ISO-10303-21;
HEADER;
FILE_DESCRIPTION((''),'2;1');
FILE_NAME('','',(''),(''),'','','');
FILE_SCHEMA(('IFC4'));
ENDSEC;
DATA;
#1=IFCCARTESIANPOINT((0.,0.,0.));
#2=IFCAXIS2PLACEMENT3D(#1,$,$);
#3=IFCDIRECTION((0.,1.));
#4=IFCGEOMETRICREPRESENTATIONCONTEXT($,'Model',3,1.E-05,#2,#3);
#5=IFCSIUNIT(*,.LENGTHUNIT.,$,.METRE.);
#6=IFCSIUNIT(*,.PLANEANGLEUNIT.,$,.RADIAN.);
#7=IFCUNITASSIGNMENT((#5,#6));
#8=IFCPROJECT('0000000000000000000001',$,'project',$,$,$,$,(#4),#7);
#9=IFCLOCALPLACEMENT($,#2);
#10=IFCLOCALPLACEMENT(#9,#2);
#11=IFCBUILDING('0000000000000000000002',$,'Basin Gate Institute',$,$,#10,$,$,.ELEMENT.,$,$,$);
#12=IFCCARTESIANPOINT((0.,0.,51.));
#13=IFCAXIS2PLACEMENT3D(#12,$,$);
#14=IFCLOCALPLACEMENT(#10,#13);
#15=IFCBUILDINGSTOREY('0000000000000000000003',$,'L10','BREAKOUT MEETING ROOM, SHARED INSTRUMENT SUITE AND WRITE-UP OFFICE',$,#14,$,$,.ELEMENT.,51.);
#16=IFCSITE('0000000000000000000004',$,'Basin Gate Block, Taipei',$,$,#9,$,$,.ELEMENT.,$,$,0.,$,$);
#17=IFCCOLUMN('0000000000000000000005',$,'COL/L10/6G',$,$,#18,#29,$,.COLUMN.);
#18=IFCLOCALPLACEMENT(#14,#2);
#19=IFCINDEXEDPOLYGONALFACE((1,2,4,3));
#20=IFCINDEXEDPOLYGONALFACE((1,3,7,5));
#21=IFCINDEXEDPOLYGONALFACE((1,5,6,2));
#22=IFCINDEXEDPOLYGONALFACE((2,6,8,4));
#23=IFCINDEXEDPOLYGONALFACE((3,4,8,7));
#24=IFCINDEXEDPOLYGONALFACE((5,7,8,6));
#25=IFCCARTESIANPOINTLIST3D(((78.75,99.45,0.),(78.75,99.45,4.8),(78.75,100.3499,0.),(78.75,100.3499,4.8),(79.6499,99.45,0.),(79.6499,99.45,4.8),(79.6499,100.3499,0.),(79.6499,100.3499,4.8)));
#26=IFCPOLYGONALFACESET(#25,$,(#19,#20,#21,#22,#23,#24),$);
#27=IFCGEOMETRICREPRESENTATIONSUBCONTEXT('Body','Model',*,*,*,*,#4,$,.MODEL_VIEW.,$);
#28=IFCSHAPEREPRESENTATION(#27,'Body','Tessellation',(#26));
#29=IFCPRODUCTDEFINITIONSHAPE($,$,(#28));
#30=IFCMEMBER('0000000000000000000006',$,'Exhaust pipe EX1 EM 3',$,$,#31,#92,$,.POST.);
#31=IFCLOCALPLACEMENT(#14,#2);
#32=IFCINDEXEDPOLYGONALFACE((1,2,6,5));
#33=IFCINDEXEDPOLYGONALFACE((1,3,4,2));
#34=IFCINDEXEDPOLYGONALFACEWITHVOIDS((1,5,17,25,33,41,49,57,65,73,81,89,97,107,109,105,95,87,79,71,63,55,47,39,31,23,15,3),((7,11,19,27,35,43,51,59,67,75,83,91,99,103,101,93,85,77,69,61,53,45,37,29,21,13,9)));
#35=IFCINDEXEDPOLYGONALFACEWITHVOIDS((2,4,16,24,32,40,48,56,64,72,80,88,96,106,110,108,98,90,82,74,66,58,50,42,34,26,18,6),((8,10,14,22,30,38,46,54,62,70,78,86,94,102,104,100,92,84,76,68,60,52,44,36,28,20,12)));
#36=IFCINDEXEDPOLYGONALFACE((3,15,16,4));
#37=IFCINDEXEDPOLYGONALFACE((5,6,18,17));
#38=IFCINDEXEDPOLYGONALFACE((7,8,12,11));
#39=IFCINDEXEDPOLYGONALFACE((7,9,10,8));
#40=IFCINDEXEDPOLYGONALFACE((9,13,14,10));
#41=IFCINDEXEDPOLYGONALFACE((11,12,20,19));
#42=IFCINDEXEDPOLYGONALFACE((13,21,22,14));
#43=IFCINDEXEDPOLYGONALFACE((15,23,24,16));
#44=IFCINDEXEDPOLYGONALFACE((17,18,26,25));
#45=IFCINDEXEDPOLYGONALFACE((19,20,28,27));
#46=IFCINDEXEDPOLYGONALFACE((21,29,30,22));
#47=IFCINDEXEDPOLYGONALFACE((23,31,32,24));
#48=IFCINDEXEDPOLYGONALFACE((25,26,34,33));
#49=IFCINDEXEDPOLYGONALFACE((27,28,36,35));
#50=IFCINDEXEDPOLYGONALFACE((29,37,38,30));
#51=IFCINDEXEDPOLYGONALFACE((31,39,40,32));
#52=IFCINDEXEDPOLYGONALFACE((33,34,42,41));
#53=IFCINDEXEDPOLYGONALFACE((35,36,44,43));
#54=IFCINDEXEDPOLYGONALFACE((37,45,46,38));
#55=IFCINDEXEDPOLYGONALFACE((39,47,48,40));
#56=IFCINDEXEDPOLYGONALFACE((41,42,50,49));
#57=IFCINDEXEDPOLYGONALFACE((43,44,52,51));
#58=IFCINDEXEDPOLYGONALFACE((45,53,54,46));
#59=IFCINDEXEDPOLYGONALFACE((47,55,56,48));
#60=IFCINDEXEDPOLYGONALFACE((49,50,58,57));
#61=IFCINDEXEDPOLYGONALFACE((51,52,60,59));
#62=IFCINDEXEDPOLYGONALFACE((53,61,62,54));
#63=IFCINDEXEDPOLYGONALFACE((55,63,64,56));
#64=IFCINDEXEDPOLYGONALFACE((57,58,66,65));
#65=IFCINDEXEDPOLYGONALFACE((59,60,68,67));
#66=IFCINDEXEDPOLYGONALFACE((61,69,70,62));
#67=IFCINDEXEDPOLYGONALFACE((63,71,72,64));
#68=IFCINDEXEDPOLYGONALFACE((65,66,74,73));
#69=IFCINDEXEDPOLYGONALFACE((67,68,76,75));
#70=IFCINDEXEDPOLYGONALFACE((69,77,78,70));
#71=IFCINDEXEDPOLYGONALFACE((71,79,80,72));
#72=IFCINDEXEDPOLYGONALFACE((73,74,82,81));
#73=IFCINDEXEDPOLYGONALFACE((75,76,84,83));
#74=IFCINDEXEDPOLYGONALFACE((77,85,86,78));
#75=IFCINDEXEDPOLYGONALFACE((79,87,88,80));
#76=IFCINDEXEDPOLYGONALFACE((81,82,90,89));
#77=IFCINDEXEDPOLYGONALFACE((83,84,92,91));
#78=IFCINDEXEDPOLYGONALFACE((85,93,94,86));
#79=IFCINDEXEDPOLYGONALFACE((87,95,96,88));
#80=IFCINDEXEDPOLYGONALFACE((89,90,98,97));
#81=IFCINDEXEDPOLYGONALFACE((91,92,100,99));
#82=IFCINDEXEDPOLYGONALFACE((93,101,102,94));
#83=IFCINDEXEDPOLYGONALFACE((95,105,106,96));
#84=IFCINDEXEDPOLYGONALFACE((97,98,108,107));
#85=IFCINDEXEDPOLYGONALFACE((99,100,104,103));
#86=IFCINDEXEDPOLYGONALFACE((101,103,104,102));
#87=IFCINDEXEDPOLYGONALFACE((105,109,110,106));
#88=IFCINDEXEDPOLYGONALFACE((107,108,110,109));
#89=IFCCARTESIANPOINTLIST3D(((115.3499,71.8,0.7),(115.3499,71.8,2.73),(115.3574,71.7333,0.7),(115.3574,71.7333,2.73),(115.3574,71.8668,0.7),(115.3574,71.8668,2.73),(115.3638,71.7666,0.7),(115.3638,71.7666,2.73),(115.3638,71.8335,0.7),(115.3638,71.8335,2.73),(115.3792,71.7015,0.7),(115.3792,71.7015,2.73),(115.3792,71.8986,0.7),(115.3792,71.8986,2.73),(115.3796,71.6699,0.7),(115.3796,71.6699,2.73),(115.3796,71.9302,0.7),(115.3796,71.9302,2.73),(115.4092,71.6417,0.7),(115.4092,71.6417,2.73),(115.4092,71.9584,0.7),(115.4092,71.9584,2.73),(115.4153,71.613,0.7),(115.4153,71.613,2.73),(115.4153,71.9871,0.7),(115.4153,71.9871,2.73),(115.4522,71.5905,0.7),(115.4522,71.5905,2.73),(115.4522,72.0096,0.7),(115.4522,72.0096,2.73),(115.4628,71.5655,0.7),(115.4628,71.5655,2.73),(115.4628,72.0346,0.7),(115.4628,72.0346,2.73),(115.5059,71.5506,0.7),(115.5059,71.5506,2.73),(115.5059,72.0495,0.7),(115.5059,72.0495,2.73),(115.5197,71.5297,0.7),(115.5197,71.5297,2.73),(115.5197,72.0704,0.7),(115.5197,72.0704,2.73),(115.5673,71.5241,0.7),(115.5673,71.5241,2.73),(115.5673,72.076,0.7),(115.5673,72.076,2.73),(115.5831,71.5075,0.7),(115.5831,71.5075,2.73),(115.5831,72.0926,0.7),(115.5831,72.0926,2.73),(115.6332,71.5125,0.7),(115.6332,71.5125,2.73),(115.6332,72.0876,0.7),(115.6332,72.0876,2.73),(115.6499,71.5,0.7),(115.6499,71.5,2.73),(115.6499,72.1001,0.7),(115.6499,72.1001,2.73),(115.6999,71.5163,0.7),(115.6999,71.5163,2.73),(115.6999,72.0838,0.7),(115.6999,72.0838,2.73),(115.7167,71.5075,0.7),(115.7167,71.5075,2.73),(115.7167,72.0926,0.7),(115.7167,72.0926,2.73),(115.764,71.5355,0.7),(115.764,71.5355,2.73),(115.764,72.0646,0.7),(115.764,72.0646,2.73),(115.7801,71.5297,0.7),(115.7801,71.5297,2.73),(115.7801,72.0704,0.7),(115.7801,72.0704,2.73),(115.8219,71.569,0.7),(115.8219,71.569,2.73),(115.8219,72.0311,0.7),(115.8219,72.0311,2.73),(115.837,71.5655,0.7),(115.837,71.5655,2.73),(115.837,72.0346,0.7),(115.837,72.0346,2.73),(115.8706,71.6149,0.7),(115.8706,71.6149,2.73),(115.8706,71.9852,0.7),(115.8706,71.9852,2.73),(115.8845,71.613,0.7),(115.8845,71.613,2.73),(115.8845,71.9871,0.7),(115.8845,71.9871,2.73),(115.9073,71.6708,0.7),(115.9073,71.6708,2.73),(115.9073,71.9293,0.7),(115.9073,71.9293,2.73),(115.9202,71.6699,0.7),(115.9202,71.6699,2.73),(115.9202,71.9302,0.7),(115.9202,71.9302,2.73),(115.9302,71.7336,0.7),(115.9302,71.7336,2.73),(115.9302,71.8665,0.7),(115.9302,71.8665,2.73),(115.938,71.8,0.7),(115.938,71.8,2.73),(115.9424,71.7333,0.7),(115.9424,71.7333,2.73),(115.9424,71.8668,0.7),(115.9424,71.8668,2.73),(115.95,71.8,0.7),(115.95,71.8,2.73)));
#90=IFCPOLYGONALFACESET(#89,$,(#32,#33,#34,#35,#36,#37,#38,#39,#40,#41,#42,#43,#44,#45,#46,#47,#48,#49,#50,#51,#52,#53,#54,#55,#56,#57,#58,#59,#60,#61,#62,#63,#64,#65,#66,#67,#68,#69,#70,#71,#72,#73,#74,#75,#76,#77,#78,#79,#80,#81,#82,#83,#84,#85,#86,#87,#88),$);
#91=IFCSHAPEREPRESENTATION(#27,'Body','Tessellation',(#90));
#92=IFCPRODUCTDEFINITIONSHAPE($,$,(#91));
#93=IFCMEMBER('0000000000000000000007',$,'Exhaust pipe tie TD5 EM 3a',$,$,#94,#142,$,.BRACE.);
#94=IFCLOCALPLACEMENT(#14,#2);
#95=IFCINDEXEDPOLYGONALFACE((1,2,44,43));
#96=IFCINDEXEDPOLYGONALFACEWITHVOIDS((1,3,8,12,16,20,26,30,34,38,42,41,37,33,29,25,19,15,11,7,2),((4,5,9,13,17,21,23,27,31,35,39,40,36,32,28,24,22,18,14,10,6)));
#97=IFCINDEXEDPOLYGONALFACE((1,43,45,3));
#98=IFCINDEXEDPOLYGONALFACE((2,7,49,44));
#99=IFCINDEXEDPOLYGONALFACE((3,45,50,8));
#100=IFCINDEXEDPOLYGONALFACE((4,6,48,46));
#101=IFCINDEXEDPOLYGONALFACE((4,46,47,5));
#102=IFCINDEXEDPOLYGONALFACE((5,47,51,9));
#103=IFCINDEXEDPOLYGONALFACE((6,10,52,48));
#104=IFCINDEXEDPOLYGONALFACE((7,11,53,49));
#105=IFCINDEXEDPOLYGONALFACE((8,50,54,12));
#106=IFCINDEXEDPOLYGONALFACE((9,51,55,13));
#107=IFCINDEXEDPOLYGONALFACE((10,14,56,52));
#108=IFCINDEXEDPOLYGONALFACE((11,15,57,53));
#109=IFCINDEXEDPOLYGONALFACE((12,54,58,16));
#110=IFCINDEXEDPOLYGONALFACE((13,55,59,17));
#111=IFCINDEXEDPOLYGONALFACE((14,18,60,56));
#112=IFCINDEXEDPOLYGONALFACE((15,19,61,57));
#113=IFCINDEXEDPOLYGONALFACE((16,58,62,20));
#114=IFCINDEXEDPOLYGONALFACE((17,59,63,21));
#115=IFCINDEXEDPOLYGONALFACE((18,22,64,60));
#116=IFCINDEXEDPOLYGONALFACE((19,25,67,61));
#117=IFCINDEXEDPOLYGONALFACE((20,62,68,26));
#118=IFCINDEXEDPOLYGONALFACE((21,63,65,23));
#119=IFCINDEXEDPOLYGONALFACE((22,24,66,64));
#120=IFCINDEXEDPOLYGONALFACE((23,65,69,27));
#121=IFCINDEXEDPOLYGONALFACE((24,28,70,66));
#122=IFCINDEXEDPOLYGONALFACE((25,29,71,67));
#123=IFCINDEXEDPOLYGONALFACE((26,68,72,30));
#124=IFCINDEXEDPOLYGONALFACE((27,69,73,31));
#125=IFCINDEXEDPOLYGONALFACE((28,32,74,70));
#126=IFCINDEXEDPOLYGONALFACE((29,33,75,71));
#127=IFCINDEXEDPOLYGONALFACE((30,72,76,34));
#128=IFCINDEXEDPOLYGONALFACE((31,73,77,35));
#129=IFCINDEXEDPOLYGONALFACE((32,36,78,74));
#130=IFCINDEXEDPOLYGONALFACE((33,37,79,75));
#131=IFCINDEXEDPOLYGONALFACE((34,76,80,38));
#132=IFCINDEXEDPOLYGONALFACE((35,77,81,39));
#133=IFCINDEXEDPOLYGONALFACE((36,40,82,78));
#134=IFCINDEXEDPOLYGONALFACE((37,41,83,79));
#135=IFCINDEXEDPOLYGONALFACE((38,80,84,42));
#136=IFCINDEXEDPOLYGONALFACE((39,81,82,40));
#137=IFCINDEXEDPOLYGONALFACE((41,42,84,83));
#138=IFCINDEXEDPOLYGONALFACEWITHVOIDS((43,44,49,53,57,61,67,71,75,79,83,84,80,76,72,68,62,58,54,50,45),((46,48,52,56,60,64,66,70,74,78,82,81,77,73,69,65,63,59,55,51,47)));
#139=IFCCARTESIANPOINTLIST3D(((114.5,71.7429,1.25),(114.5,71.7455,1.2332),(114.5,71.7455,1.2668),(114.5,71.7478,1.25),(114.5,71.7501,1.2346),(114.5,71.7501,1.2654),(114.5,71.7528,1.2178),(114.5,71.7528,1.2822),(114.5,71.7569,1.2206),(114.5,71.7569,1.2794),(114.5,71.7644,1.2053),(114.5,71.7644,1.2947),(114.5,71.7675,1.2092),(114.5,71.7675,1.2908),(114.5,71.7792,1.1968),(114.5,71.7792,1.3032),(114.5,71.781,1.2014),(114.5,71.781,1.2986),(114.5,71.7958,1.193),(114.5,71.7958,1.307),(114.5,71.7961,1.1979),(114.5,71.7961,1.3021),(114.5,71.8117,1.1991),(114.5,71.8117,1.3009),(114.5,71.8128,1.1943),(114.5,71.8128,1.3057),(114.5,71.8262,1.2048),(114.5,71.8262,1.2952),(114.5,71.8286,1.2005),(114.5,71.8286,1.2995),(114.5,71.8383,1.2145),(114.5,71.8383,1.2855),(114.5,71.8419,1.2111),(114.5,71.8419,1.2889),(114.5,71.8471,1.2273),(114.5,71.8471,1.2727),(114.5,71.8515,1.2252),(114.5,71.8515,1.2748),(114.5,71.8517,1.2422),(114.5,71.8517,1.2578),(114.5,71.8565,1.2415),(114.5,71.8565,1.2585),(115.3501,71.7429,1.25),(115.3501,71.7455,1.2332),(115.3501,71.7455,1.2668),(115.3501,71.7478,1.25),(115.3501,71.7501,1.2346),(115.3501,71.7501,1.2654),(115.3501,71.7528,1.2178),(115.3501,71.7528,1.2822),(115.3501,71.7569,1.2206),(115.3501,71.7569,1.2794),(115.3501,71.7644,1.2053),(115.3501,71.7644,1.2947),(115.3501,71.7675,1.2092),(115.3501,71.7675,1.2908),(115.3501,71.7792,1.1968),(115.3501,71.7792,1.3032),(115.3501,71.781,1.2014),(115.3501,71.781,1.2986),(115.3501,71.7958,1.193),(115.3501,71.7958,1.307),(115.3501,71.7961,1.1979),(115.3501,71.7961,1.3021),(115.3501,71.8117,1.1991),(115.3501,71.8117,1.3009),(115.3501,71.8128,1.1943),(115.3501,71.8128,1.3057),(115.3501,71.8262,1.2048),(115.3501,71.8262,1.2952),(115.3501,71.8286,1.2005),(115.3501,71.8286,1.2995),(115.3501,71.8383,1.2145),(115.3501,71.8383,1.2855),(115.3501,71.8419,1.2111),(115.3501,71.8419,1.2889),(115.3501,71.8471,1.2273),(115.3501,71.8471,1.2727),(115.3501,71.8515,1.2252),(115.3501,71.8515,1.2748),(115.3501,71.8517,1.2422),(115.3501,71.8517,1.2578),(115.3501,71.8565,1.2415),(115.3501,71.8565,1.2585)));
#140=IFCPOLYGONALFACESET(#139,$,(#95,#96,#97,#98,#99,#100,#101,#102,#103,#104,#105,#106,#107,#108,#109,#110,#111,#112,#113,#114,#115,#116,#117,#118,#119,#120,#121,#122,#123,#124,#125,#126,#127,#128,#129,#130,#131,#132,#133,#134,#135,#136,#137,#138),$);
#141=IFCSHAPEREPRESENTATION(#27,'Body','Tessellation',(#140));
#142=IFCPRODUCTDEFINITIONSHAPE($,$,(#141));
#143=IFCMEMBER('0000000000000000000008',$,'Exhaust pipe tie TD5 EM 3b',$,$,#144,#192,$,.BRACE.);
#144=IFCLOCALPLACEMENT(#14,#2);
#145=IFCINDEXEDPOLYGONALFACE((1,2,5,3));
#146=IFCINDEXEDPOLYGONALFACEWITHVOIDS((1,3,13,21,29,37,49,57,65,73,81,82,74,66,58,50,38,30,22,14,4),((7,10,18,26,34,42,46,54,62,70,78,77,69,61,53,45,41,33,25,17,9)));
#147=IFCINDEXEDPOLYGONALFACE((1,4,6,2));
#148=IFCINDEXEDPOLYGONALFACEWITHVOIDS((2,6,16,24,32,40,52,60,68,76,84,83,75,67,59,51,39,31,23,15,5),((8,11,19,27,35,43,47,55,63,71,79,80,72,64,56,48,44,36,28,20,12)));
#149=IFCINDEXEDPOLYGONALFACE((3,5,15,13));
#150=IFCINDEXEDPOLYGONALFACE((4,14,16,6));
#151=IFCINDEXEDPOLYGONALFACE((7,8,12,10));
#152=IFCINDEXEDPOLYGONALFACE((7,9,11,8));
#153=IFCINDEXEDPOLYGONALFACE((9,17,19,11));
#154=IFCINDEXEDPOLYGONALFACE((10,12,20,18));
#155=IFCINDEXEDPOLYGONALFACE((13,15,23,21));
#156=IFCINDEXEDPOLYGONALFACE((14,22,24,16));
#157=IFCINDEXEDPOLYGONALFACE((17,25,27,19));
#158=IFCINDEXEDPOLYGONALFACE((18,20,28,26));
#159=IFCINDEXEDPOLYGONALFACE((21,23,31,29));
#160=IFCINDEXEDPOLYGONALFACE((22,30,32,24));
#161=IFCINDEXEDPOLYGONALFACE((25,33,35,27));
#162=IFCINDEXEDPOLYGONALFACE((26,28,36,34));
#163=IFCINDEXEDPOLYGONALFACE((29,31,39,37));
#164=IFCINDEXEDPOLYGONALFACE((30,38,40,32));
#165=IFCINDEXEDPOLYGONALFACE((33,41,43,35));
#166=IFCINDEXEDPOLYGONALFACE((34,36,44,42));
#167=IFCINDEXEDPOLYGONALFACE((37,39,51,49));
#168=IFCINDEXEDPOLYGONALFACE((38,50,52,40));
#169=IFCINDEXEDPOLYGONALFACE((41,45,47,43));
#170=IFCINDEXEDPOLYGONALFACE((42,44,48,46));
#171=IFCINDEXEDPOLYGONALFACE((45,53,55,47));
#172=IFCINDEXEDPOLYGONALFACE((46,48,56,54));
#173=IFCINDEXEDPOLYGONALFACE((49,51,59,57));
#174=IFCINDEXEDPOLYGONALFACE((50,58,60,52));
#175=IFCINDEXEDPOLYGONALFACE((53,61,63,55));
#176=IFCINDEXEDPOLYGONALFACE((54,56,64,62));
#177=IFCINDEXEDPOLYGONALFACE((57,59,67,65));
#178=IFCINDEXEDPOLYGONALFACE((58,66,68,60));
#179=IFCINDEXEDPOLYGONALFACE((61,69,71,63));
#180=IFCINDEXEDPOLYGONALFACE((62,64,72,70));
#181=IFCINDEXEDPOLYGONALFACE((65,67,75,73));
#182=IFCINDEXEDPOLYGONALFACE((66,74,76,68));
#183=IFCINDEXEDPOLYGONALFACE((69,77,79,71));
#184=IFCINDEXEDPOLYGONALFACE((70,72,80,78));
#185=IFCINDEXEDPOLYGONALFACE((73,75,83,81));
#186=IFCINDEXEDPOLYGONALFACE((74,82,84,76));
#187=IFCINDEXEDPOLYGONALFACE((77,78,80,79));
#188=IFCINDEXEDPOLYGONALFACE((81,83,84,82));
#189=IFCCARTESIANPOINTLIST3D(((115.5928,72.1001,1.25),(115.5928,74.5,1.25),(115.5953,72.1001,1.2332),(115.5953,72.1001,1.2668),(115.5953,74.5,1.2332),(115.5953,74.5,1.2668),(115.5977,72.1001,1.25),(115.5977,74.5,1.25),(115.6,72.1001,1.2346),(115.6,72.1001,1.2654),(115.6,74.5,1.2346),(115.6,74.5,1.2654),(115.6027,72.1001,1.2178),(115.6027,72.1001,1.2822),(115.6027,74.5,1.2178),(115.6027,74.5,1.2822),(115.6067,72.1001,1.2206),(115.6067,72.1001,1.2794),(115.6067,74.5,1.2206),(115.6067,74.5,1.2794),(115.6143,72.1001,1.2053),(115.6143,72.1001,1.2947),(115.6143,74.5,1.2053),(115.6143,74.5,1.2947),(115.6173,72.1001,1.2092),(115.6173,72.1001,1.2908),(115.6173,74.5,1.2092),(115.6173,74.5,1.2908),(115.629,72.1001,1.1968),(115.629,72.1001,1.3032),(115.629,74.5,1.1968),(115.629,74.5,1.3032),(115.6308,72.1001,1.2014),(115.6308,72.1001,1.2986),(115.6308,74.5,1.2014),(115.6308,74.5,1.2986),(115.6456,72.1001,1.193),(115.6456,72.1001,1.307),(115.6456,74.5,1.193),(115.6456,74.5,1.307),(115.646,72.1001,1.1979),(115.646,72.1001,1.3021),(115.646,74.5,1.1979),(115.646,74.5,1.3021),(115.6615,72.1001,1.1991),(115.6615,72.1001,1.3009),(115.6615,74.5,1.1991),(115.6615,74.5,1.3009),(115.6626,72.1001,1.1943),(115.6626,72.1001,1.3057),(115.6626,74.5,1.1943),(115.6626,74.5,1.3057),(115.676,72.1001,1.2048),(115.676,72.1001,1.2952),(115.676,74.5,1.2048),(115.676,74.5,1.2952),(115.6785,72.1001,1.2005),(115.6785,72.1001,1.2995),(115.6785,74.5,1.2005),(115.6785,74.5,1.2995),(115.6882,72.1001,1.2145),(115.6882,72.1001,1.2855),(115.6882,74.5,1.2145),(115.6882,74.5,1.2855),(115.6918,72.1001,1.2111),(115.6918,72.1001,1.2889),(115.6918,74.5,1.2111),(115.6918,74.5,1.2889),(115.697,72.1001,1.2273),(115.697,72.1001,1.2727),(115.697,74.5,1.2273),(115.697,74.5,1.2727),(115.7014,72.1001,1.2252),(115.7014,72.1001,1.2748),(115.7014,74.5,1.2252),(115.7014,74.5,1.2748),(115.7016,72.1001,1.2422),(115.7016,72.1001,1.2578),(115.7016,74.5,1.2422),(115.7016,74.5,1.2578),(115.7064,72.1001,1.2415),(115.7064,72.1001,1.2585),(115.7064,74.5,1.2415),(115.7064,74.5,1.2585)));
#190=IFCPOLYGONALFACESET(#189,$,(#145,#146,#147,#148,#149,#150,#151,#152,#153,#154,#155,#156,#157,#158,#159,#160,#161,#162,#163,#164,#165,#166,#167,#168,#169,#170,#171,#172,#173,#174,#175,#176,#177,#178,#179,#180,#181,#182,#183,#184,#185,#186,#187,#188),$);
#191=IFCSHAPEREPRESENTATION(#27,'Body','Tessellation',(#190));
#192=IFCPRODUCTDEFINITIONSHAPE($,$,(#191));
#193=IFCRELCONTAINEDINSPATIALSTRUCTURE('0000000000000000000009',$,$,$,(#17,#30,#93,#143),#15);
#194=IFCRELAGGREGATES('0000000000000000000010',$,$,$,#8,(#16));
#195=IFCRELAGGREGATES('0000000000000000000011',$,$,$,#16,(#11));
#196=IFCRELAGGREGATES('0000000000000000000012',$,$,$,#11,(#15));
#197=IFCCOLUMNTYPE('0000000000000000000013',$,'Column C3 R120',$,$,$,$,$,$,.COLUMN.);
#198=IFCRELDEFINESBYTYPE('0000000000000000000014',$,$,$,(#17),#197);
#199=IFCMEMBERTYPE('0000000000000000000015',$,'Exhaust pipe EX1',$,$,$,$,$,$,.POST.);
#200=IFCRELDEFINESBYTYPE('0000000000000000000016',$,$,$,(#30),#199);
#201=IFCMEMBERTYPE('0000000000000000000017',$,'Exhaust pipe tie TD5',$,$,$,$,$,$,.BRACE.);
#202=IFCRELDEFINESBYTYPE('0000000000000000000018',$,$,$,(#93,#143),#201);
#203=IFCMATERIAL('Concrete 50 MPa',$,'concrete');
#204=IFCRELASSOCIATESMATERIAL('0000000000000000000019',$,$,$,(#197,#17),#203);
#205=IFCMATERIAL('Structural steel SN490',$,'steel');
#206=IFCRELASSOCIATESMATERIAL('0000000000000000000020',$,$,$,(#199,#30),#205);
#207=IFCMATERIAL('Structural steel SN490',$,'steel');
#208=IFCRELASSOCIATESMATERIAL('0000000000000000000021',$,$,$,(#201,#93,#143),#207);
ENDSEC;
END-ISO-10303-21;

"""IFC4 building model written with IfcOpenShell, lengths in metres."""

from ifc_helpers import new_model, si_unit, direction, frame, origin, origin_2d, place, context, subcontext, project, spatial, rectangle, hollow_circle, extrude, material, material_profile, profile_set, type_object, element, save


model = new_model("IFC4")

# Units and contexts
model_context = context("Model", 3, precision=1e-05, world=origin(), true_north=direction((0.0, 1.0)))
body_context = subcontext(model_context, "Body", "Model", "MODEL_VIEW")
ifc_project = project(units=[si_unit("LENGTHUNIT", "METRE"), si_unit("PLANEANGLEUNIT", "RADIAN")], contexts=[model_context])

# Site, building, storey
site_placement = place(None, origin())
site = spatial("IfcSite", under=ifc_project, at=site_placement, Name="Basin Gate Block, Taipei", CompositionType="ELEMENT", RefElevation=0.0)
building_placement = place(site_placement, origin())
building = spatial("IfcBuilding", under=site, at=building_placement, Name="Basin Gate Institute", CompositionType="ELEMENT")
storey_placement = place(building_placement, frame((0.0, 0.0, 51.0)))
storey = spatial("IfcBuildingStorey", under=building, at=storey_placement, Name="L10", Description="BREAKOUT MEETING ROOM, SHARED INSTRUMENT SUITE AND WRITE-UP OFFICE", CompositionType="ELEMENT", Elevation=51.0)

# Column
ifc_material_1 = material(Name="Concrete 50 MPa", Category="concrete")
ifc_material_profile_1 = material_profile(ifc_material_1, rectangle(XDim=0.8999, YDim=0.8999, at=origin_2d()), Name="Column C3 900 x 900")
ifc_profile_set_1 = profile_set([ifc_material_profile_1], Name="Concrete 50 MPa")
column_type = type_object("IfcColumnType", Name="Column C3 R120", PredefinedType="COLUMN", material=ifc_profile_set_1)
column_placement = place(storey_placement, frame((79.2, 99.8999, 0.0), z_axis=(0.0, 0.0, 1.0), x_axis=(1.0, 0.0, 0.0)))
element("IfcColumn", 1, at=column_placement, inside=storey, type_object=column_type, material=ifc_profile_set_1, Name="COL/L10/6G", PredefinedType="COLUMN", context=body_context, shape_type="SweptSolid", body=[
    extrude(rectangle(XDim=0.8999, YDim=0.8999, at=origin_2d()), origin(), (0.0, 0.0, 1.0), 4.8),
])

# Members
ifc_material_2 = material(Name="Structural steel SN490", Category="steel")
ifc_material_profile_2 = material_profile(ifc_material_2, hollow_circle(Radius=0.3, WallThickness=0.012, at=origin_2d()), Name="CHS600x12")
ifc_profile_set_2 = profile_set([ifc_material_profile_2], Name="Structural steel SN490")
member_type_1 = type_object("IfcMemberType", Name="Exhaust pipe EX1", PredefinedType="POST", material=ifc_profile_set_2)
member_1_placement = place(storey_placement, frame((115.6499, 71.8, 0.7), z_axis=(0.0, 0.0, 1.0), x_axis=(1.0, 0.0, 0.0)))
element("IfcMember", 2, at=member_1_placement, inside=storey, type_object=member_type_1, material=ifc_profile_set_2, Name="Exhaust pipe EX1 EM 3", PredefinedType="POST", context=body_context, shape_type="SweptSolid", body=[
    extrude(hollow_circle(Radius=0.3, WallThickness=0.012, at=origin_2d()), origin(), (0.0, 0.0, 1.0), 2.03),
])
ifc_material_3 = material(Name="Structural steel SN490", Category="steel")
ifc_material_profile_3 = material_profile(ifc_material_3, hollow_circle(Radius=0.0571, WallThickness=0.0049, at=origin_2d()), Name="CHS114x5")
ifc_profile_set_3 = profile_set([ifc_material_profile_3], Name="Structural steel SN490")
member_type_2 = type_object("IfcMemberType", Name="Exhaust pipe tie TD5", PredefinedType="BRACE", material=ifc_profile_set_3)
member_2_placement = place(storey_placement, frame((115.3501, 71.8, 1.25), z_axis=(-1.0, 0.0, 0.0), x_axis=(0.0, -1.0, 0.0)))
element("IfcMember", 3, at=member_2_placement, inside=storey, type_object=member_type_2, material=ifc_profile_set_3, Name="Exhaust pipe tie TD5 EM 3a", PredefinedType="BRACE", context=body_context, shape_type="SweptSolid", body=[
    extrude(hollow_circle(Radius=0.0571, WallThickness=0.0049, at=origin_2d()), origin(), (0.0, 0.0, 1.0), 0.8501),
])
member_3_placement = place(storey_placement, frame((115.6499, 72.1001, 1.25), z_axis=(0.0, 1.0, 0.0), x_axis=(-1.0, 0.0, 0.0)))
element("IfcMember", 4, at=member_3_placement, inside=storey, type_object=member_type_2, material=ifc_profile_set_3, Name="Exhaust pipe tie TD5 EM 3b", PredefinedType="BRACE", context=body_context, shape_type="SweptSolid", body=[
    extrude(hollow_circle(Radius=0.0571, WallThickness=0.0049, at=origin_2d()), origin(), (0.0, 0.0, 1.0), 2.3999),
])

save(model, "model.ifc")
